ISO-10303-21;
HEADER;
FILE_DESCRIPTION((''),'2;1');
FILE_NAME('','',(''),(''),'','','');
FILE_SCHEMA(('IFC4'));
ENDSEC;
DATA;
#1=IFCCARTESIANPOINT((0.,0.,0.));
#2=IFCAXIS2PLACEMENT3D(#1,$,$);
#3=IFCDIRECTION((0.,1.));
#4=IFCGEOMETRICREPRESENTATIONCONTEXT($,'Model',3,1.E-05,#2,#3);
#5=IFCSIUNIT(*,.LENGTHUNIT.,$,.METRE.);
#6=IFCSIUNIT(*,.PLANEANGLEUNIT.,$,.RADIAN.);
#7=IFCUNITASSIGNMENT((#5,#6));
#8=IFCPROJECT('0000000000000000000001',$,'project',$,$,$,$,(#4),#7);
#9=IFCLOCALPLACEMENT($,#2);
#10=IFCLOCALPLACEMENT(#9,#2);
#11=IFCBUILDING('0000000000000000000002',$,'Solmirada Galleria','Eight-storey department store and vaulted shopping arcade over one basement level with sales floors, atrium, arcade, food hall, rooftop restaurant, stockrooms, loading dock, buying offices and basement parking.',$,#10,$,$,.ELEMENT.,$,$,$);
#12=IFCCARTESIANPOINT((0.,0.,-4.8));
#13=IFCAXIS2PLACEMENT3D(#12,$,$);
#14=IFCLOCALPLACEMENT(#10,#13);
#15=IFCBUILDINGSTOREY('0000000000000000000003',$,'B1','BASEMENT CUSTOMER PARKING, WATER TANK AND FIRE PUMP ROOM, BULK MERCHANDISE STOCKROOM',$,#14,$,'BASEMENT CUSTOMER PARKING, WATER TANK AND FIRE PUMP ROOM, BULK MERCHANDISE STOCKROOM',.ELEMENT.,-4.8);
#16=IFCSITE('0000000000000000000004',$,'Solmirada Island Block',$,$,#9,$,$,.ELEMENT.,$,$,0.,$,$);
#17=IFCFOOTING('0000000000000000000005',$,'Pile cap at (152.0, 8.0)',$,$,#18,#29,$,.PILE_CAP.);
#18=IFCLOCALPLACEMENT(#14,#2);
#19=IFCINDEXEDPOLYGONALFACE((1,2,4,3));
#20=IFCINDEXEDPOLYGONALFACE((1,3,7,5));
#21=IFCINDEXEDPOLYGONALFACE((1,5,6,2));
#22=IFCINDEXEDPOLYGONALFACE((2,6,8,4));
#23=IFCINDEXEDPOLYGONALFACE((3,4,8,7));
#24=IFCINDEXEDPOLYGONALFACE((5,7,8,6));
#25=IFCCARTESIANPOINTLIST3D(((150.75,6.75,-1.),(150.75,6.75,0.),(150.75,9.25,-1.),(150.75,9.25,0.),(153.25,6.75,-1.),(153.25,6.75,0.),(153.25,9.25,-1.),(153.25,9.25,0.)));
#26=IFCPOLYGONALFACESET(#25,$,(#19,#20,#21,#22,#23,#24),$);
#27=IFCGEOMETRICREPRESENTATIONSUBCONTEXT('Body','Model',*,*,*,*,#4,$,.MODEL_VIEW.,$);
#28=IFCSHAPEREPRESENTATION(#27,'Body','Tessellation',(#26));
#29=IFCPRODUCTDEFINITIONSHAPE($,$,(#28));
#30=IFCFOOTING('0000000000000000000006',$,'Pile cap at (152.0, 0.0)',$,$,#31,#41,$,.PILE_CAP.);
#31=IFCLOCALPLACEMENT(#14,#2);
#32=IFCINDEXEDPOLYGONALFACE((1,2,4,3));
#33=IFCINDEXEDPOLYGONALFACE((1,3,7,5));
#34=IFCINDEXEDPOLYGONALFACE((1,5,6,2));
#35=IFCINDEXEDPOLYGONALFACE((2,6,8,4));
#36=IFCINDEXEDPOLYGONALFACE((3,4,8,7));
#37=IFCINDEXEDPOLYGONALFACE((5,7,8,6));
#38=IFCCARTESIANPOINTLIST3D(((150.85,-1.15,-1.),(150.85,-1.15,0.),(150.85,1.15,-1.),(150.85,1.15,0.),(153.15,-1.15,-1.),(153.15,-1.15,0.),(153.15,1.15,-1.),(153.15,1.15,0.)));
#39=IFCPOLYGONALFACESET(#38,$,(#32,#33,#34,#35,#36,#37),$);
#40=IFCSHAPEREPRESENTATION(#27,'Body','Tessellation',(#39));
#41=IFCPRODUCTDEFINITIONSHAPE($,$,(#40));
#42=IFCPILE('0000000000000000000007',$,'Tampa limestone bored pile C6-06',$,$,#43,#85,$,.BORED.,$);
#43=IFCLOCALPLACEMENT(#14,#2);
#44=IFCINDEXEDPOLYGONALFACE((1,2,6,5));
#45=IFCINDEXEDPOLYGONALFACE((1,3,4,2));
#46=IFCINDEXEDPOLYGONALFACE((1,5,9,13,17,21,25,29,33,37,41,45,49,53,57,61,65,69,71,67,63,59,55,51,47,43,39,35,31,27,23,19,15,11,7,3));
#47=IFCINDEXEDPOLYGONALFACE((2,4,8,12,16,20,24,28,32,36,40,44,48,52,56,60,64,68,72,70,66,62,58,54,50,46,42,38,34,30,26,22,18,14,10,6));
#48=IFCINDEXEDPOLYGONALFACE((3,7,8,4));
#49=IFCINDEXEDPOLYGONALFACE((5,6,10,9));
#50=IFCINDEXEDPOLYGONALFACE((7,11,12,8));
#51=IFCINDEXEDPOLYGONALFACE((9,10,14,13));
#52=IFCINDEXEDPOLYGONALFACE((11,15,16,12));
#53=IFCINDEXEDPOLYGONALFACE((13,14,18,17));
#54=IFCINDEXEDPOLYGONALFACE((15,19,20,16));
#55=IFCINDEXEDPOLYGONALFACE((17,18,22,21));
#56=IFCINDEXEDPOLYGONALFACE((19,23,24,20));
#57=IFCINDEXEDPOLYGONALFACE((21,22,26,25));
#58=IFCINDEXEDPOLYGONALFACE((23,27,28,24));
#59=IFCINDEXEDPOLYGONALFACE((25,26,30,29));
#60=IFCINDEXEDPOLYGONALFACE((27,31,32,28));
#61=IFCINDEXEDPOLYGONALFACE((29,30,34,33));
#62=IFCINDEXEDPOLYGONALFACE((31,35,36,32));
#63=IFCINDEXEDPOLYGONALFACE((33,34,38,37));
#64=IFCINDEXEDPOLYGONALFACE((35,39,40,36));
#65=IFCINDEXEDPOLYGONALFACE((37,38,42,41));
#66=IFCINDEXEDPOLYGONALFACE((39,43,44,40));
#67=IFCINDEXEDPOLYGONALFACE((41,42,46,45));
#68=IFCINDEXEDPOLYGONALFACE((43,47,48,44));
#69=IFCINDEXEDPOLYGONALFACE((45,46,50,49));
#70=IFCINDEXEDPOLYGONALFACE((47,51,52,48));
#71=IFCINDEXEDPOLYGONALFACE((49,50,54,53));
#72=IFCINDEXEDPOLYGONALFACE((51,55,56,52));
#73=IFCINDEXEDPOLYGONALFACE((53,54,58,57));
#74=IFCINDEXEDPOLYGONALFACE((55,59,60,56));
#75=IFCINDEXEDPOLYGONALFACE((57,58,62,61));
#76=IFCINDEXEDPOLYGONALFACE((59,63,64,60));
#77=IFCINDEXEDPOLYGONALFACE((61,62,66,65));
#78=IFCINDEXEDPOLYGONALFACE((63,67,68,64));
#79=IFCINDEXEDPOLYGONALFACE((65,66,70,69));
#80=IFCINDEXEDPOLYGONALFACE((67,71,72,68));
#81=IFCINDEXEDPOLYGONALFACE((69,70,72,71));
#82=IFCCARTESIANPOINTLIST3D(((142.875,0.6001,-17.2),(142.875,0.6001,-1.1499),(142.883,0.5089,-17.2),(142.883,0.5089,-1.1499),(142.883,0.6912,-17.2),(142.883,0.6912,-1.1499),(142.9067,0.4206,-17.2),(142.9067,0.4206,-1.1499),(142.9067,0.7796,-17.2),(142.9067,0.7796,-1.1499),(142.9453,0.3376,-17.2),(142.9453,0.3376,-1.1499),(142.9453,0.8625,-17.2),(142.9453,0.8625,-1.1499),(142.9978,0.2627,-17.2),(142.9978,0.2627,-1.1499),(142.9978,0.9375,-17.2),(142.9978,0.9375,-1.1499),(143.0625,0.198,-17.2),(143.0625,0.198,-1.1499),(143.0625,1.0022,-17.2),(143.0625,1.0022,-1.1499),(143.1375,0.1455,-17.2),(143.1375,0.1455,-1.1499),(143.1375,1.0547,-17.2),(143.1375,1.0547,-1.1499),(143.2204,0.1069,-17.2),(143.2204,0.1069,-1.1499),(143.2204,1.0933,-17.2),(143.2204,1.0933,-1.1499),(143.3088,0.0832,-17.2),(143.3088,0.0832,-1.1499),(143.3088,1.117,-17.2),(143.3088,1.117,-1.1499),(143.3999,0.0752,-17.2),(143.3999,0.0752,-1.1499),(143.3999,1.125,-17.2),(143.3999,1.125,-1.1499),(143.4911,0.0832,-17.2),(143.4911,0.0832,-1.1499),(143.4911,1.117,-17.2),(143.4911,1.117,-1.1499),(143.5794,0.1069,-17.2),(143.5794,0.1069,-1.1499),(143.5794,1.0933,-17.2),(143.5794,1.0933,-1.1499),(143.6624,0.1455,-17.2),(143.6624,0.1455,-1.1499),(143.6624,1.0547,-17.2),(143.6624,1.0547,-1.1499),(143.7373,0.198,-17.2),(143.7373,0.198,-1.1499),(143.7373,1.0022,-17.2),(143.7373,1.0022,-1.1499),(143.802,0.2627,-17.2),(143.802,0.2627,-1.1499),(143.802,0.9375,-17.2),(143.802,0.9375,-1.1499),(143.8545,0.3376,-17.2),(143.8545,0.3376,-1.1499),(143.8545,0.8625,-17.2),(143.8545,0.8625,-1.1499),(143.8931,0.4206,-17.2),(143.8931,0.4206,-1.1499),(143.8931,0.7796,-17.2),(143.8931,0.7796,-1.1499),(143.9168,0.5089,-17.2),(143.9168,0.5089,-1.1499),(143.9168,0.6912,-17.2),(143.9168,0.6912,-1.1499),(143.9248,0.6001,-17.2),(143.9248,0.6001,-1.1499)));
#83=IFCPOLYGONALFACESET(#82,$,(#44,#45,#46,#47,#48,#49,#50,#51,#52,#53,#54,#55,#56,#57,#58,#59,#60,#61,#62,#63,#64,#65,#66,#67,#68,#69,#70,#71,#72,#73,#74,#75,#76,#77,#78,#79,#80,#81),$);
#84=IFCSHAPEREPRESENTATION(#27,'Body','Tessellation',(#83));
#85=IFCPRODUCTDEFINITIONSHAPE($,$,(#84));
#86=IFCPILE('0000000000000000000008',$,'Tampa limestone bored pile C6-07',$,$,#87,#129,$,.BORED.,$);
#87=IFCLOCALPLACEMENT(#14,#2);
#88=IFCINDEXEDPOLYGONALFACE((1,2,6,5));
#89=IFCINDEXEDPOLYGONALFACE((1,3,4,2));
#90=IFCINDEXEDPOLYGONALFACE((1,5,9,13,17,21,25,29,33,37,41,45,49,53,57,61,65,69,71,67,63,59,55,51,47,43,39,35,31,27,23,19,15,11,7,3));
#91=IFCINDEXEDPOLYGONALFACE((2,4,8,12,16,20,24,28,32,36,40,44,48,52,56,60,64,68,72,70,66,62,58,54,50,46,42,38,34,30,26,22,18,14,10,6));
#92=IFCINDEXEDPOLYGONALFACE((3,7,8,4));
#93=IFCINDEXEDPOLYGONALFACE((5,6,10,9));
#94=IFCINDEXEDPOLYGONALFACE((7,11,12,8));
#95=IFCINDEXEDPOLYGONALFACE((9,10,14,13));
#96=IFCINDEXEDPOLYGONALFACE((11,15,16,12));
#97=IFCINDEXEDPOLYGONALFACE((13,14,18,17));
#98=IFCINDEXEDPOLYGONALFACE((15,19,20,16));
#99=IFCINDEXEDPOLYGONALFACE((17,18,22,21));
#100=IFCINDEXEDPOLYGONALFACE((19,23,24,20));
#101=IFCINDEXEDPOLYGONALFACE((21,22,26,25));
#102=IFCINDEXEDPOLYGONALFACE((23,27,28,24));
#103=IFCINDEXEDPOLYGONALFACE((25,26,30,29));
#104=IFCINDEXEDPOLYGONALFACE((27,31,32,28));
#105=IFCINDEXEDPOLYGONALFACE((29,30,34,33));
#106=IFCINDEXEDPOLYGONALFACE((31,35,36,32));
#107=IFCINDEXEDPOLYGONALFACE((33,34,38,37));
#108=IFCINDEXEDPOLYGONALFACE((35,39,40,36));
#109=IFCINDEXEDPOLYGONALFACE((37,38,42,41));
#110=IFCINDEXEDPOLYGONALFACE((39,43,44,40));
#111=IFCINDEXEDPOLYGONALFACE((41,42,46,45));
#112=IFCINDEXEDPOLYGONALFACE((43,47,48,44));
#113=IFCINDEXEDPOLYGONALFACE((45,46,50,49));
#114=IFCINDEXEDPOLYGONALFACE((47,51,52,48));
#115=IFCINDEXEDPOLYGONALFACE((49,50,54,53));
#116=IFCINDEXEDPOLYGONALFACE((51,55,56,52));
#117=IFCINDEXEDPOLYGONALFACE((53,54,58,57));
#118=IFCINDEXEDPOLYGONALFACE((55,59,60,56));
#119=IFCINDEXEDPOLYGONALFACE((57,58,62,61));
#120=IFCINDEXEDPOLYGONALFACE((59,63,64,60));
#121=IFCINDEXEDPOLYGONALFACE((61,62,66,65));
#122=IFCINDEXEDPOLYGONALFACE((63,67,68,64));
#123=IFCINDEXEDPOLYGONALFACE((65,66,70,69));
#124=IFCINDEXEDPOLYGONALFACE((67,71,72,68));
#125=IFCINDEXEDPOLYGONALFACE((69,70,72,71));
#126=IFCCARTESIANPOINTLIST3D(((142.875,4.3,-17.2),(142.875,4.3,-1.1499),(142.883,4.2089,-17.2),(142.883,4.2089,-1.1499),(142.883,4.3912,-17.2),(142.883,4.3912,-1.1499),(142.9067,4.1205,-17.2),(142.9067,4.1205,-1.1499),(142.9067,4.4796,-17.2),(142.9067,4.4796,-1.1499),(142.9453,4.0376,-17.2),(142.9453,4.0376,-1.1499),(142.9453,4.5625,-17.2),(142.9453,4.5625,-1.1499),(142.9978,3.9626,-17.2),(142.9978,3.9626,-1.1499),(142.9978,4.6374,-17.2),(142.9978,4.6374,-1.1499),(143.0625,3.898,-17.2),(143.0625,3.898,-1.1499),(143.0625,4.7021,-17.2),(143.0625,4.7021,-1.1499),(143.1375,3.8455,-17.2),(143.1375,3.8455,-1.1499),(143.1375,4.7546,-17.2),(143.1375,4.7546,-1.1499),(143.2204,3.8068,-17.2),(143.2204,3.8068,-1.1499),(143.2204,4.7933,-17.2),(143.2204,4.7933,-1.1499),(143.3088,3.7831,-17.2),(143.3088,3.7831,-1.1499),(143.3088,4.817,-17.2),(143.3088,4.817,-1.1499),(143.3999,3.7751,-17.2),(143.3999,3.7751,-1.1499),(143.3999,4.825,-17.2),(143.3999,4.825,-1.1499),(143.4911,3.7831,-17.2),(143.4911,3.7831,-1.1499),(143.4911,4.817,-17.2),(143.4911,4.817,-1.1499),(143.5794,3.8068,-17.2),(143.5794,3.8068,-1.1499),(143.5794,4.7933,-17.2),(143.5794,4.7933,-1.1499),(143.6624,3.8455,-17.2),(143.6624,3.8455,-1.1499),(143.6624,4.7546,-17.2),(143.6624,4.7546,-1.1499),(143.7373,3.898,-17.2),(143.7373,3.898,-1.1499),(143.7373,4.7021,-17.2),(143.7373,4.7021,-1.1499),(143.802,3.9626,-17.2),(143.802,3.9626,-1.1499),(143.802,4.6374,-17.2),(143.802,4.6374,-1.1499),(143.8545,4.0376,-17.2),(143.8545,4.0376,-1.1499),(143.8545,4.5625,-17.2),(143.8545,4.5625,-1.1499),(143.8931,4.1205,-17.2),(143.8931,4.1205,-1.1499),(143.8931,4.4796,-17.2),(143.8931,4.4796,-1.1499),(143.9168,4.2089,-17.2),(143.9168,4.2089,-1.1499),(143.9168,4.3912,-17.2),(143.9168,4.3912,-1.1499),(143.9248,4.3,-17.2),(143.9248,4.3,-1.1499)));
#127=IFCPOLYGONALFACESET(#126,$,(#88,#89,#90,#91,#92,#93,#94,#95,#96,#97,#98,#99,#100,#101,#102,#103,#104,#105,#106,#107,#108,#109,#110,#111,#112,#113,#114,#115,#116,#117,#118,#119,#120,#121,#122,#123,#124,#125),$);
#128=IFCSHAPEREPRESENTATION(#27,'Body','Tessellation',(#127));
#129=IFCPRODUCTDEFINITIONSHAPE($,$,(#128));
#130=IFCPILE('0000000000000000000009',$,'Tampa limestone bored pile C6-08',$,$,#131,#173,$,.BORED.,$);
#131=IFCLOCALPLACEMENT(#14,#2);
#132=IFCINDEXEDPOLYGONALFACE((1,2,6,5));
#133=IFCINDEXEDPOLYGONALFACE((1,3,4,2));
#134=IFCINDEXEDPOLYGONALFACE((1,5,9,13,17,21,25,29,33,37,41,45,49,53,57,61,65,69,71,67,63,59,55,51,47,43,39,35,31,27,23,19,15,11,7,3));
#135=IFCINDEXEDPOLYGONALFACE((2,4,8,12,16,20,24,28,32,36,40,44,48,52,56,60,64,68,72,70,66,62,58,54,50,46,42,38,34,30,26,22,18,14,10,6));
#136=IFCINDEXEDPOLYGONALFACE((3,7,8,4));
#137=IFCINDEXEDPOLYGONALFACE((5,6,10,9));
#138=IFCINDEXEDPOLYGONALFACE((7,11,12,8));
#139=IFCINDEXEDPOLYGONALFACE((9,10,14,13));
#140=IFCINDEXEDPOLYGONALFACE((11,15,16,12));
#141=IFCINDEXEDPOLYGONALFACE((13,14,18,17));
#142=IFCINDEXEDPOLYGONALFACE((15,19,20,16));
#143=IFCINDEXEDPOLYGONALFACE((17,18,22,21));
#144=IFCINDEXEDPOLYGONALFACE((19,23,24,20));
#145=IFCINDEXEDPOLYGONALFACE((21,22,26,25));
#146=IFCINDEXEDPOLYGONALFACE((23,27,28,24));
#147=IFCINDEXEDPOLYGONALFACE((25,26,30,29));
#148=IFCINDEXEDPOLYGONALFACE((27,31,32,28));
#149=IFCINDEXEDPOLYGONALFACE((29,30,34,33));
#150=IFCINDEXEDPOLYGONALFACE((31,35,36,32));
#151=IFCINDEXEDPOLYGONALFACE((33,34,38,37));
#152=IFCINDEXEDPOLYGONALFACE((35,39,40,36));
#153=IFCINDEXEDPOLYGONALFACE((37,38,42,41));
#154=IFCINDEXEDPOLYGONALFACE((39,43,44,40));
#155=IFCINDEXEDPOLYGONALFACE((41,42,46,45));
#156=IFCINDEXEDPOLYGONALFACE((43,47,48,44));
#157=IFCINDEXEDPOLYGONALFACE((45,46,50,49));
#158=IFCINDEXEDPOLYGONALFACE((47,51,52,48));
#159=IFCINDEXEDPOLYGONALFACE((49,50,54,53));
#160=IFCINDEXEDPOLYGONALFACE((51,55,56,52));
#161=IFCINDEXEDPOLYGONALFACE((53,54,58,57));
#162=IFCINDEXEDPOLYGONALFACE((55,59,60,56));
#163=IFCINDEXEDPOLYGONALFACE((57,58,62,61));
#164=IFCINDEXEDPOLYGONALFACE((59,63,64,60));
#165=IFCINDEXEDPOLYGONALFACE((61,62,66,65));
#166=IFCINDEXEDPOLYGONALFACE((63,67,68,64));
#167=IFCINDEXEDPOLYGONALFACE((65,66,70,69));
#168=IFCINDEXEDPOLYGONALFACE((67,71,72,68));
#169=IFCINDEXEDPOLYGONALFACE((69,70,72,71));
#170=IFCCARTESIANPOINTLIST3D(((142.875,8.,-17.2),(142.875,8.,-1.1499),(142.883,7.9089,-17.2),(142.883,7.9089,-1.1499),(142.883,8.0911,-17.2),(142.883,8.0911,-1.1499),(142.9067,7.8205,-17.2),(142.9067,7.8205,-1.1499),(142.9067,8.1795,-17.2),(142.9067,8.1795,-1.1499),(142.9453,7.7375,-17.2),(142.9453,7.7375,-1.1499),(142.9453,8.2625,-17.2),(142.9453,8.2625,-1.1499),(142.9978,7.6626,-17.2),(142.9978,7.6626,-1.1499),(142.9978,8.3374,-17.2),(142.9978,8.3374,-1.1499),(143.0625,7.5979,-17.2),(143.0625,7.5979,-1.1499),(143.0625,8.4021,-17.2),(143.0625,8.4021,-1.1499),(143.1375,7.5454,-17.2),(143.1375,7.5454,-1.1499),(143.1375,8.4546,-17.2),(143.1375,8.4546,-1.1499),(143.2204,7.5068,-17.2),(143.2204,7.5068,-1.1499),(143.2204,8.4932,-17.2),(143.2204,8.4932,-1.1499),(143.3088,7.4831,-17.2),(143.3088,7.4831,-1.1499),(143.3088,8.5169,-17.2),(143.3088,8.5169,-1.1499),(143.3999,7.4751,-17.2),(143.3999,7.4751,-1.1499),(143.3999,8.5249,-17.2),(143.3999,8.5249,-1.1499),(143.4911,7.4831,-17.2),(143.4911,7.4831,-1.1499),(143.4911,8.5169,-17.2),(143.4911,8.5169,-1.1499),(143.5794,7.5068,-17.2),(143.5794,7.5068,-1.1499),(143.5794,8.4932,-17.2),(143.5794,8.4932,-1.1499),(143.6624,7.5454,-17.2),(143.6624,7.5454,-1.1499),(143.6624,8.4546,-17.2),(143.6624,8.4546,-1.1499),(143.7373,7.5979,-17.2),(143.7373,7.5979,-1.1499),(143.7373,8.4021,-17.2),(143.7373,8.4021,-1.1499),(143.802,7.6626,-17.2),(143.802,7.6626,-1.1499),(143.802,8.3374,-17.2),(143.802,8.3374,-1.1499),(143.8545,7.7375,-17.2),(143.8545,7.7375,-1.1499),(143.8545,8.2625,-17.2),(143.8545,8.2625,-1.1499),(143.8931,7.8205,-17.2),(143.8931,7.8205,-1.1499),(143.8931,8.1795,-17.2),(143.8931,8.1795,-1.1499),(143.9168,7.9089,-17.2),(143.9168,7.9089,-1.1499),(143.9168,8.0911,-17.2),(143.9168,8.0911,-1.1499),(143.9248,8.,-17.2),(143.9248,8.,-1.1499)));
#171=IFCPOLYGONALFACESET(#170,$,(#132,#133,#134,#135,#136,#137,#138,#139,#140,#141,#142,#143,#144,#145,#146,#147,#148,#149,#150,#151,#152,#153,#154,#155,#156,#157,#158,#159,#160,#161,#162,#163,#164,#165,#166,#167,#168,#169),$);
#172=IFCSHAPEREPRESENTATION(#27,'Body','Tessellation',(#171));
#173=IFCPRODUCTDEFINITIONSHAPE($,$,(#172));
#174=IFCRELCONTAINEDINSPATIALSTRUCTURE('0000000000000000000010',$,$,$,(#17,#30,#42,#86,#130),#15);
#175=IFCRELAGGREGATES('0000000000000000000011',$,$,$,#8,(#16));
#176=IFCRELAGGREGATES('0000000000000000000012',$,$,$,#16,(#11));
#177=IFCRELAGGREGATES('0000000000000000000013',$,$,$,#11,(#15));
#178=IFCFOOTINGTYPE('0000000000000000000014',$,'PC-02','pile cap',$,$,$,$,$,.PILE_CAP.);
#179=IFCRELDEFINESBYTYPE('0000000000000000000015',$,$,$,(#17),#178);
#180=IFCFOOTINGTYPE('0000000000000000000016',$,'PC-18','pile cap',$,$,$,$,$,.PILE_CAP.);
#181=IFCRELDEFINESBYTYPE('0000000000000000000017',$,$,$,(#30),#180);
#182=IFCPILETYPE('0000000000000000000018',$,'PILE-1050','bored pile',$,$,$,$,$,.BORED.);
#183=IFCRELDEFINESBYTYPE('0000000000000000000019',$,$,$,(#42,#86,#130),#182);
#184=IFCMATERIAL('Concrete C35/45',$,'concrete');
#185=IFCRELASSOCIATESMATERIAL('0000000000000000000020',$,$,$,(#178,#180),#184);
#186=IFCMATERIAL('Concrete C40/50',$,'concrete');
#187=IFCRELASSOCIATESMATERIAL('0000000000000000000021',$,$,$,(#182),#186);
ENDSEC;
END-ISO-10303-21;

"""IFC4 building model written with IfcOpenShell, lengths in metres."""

from ifc_helpers import new_model, si_unit, direction, frame, origin, origin_2d, place, context, subcontext, project, spatial, rectangle, circle, extrude, material, material_profile, profile_set, type_object, element, save


model = new_model("IFC4")

# Units and contexts
model_context = context("Model", 3, precision=1e-05, world=origin(), true_north=direction((0.0, 1.0)))
body_context = subcontext(model_context, "Body", "Model", "MODEL_VIEW")
ifc_project = project(units=[si_unit("LENGTHUNIT", "METRE"), si_unit("PLANEANGLEUNIT", "RADIAN")], contexts=[model_context])

# Site, building, storey
site_placement = place(None, origin())
site = spatial("IfcSite", under=ifc_project, at=site_placement, Name="Solmirada Island Block", CompositionType="ELEMENT", RefElevation=0.0)
building_placement = place(site_placement, origin())
building = spatial("IfcBuilding", under=site, at=building_placement, Name="Solmirada Galleria", Description="Eight-storey department store and vaulted shopping arcade over one basement level with sales floors, atrium, arcade, food hall, rooftop restaurant, stockrooms, loading dock, buying offices and basement parking.", CompositionType="ELEMENT")
storey_placement = place(building_placement, frame((0.0, 0.0, -4.8)))
storey = spatial("IfcBuildingStorey", under=building, at=storey_placement, Name="B1", Description="BASEMENT CUSTOMER PARKING, WATER TANK AND FIRE PUMP ROOM, BULK MERCHANDISE STOCKROOM", LongName="BASEMENT CUSTOMER PARKING, WATER TANK AND FIRE PUMP ROOM, BULK MERCHANDISE STOCKROOM", CompositionType="ELEMENT", Elevation=-4.8)

# Footings
ifc_material_1 = material(Name="Concrete C35/45", Category="concrete")
footing_type_1 = type_object("IfcFootingType", Name="PC-02", Description="pile cap", PredefinedType="PILE_CAP", material=ifc_material_1)
footing_1_placement = place(storey_placement, frame((152.0, 8.0, -1.0), z_axis=(0.0, 0.0, 1.0), x_axis=(1.0, 0.0, 0.0)))
element("IfcFooting", 1, at=footing_1_placement, inside=storey, type_object=footing_type_1, Name="Pile cap at (152.0, 8.0)", PredefinedType="PILE_CAP", context=body_context, shape_type="SweptSolid", body=[
    extrude(rectangle(XDim=2.5, YDim=2.5, at=origin_2d()), origin(), (0.0, 0.0, 1.0), 1.0),
])
footing_type_2 = type_object("IfcFootingType", Name="PC-18", Description="pile cap", PredefinedType="PILE_CAP", material=ifc_material_1)
footing_2_placement = place(storey_placement, frame((152.0, 0.0, -1.0), z_axis=(0.0, 0.0, 1.0), x_axis=(1.0, 0.0, 0.0)))
element("IfcFooting", 2, at=footing_2_placement, inside=storey, type_object=footing_type_2, Name="Pile cap at (152.0, 0.0)", PredefinedType="PILE_CAP", context=body_context, shape_type="SweptSolid", body=[
    extrude(rectangle(XDim=2.3, YDim=2.3, at=origin_2d()), origin(), (0.0, 0.0, 1.0), 1.0),
])

# Piles
ifc_material_2 = material(Name="Concrete C40/50", Category="concrete")
ifc_material_profile_1 = material_profile(ifc_material_2, circle(Radius=0.5249, at=origin_2d()), Name="PILE1050")
ifc_profile_set_1 = profile_set([ifc_material_profile_1], Name="Concrete C40/50")
pile_type_1 = type_object("IfcPileType", Name="PILE-1050", Description="bored pile", PredefinedType="BORED", material=ifc_profile_set_1)
for number, where, z_axis, x_axis, name in (
    (3, (143.3999, 0.6001, -1.1499), (0.0, 0.0, -1.0), (1.0, 0.0, 0.0), "Tampa limestone bored pile C6-06"),
    (4, (143.3999, 4.3, -1.1499), (0.0, 0.0, -1.0), (1.0, 0.0, 0.0), "Tampa limestone bored pile C6-07"),
    (5, (143.3999, 8.0, -1.1499), (0.0, 0.0, -1.0), (1.0, 0.0, 0.0), "Tampa limestone bored pile C6-08"),
):
    element("IfcPile", number, at=place(storey_placement, frame(where, z_axis=z_axis, x_axis=x_axis)), inside=storey, type_object=pile_type_1, Name=name, PredefinedType="BORED", context=body_context, shape_type="SweptSolid", body=[
        extrude(circle(Radius=0.5249, at=origin_2d()), origin(), (0.0, 0.0, 1.0), 16.05),
    ])

save(model, "model.ifc")
